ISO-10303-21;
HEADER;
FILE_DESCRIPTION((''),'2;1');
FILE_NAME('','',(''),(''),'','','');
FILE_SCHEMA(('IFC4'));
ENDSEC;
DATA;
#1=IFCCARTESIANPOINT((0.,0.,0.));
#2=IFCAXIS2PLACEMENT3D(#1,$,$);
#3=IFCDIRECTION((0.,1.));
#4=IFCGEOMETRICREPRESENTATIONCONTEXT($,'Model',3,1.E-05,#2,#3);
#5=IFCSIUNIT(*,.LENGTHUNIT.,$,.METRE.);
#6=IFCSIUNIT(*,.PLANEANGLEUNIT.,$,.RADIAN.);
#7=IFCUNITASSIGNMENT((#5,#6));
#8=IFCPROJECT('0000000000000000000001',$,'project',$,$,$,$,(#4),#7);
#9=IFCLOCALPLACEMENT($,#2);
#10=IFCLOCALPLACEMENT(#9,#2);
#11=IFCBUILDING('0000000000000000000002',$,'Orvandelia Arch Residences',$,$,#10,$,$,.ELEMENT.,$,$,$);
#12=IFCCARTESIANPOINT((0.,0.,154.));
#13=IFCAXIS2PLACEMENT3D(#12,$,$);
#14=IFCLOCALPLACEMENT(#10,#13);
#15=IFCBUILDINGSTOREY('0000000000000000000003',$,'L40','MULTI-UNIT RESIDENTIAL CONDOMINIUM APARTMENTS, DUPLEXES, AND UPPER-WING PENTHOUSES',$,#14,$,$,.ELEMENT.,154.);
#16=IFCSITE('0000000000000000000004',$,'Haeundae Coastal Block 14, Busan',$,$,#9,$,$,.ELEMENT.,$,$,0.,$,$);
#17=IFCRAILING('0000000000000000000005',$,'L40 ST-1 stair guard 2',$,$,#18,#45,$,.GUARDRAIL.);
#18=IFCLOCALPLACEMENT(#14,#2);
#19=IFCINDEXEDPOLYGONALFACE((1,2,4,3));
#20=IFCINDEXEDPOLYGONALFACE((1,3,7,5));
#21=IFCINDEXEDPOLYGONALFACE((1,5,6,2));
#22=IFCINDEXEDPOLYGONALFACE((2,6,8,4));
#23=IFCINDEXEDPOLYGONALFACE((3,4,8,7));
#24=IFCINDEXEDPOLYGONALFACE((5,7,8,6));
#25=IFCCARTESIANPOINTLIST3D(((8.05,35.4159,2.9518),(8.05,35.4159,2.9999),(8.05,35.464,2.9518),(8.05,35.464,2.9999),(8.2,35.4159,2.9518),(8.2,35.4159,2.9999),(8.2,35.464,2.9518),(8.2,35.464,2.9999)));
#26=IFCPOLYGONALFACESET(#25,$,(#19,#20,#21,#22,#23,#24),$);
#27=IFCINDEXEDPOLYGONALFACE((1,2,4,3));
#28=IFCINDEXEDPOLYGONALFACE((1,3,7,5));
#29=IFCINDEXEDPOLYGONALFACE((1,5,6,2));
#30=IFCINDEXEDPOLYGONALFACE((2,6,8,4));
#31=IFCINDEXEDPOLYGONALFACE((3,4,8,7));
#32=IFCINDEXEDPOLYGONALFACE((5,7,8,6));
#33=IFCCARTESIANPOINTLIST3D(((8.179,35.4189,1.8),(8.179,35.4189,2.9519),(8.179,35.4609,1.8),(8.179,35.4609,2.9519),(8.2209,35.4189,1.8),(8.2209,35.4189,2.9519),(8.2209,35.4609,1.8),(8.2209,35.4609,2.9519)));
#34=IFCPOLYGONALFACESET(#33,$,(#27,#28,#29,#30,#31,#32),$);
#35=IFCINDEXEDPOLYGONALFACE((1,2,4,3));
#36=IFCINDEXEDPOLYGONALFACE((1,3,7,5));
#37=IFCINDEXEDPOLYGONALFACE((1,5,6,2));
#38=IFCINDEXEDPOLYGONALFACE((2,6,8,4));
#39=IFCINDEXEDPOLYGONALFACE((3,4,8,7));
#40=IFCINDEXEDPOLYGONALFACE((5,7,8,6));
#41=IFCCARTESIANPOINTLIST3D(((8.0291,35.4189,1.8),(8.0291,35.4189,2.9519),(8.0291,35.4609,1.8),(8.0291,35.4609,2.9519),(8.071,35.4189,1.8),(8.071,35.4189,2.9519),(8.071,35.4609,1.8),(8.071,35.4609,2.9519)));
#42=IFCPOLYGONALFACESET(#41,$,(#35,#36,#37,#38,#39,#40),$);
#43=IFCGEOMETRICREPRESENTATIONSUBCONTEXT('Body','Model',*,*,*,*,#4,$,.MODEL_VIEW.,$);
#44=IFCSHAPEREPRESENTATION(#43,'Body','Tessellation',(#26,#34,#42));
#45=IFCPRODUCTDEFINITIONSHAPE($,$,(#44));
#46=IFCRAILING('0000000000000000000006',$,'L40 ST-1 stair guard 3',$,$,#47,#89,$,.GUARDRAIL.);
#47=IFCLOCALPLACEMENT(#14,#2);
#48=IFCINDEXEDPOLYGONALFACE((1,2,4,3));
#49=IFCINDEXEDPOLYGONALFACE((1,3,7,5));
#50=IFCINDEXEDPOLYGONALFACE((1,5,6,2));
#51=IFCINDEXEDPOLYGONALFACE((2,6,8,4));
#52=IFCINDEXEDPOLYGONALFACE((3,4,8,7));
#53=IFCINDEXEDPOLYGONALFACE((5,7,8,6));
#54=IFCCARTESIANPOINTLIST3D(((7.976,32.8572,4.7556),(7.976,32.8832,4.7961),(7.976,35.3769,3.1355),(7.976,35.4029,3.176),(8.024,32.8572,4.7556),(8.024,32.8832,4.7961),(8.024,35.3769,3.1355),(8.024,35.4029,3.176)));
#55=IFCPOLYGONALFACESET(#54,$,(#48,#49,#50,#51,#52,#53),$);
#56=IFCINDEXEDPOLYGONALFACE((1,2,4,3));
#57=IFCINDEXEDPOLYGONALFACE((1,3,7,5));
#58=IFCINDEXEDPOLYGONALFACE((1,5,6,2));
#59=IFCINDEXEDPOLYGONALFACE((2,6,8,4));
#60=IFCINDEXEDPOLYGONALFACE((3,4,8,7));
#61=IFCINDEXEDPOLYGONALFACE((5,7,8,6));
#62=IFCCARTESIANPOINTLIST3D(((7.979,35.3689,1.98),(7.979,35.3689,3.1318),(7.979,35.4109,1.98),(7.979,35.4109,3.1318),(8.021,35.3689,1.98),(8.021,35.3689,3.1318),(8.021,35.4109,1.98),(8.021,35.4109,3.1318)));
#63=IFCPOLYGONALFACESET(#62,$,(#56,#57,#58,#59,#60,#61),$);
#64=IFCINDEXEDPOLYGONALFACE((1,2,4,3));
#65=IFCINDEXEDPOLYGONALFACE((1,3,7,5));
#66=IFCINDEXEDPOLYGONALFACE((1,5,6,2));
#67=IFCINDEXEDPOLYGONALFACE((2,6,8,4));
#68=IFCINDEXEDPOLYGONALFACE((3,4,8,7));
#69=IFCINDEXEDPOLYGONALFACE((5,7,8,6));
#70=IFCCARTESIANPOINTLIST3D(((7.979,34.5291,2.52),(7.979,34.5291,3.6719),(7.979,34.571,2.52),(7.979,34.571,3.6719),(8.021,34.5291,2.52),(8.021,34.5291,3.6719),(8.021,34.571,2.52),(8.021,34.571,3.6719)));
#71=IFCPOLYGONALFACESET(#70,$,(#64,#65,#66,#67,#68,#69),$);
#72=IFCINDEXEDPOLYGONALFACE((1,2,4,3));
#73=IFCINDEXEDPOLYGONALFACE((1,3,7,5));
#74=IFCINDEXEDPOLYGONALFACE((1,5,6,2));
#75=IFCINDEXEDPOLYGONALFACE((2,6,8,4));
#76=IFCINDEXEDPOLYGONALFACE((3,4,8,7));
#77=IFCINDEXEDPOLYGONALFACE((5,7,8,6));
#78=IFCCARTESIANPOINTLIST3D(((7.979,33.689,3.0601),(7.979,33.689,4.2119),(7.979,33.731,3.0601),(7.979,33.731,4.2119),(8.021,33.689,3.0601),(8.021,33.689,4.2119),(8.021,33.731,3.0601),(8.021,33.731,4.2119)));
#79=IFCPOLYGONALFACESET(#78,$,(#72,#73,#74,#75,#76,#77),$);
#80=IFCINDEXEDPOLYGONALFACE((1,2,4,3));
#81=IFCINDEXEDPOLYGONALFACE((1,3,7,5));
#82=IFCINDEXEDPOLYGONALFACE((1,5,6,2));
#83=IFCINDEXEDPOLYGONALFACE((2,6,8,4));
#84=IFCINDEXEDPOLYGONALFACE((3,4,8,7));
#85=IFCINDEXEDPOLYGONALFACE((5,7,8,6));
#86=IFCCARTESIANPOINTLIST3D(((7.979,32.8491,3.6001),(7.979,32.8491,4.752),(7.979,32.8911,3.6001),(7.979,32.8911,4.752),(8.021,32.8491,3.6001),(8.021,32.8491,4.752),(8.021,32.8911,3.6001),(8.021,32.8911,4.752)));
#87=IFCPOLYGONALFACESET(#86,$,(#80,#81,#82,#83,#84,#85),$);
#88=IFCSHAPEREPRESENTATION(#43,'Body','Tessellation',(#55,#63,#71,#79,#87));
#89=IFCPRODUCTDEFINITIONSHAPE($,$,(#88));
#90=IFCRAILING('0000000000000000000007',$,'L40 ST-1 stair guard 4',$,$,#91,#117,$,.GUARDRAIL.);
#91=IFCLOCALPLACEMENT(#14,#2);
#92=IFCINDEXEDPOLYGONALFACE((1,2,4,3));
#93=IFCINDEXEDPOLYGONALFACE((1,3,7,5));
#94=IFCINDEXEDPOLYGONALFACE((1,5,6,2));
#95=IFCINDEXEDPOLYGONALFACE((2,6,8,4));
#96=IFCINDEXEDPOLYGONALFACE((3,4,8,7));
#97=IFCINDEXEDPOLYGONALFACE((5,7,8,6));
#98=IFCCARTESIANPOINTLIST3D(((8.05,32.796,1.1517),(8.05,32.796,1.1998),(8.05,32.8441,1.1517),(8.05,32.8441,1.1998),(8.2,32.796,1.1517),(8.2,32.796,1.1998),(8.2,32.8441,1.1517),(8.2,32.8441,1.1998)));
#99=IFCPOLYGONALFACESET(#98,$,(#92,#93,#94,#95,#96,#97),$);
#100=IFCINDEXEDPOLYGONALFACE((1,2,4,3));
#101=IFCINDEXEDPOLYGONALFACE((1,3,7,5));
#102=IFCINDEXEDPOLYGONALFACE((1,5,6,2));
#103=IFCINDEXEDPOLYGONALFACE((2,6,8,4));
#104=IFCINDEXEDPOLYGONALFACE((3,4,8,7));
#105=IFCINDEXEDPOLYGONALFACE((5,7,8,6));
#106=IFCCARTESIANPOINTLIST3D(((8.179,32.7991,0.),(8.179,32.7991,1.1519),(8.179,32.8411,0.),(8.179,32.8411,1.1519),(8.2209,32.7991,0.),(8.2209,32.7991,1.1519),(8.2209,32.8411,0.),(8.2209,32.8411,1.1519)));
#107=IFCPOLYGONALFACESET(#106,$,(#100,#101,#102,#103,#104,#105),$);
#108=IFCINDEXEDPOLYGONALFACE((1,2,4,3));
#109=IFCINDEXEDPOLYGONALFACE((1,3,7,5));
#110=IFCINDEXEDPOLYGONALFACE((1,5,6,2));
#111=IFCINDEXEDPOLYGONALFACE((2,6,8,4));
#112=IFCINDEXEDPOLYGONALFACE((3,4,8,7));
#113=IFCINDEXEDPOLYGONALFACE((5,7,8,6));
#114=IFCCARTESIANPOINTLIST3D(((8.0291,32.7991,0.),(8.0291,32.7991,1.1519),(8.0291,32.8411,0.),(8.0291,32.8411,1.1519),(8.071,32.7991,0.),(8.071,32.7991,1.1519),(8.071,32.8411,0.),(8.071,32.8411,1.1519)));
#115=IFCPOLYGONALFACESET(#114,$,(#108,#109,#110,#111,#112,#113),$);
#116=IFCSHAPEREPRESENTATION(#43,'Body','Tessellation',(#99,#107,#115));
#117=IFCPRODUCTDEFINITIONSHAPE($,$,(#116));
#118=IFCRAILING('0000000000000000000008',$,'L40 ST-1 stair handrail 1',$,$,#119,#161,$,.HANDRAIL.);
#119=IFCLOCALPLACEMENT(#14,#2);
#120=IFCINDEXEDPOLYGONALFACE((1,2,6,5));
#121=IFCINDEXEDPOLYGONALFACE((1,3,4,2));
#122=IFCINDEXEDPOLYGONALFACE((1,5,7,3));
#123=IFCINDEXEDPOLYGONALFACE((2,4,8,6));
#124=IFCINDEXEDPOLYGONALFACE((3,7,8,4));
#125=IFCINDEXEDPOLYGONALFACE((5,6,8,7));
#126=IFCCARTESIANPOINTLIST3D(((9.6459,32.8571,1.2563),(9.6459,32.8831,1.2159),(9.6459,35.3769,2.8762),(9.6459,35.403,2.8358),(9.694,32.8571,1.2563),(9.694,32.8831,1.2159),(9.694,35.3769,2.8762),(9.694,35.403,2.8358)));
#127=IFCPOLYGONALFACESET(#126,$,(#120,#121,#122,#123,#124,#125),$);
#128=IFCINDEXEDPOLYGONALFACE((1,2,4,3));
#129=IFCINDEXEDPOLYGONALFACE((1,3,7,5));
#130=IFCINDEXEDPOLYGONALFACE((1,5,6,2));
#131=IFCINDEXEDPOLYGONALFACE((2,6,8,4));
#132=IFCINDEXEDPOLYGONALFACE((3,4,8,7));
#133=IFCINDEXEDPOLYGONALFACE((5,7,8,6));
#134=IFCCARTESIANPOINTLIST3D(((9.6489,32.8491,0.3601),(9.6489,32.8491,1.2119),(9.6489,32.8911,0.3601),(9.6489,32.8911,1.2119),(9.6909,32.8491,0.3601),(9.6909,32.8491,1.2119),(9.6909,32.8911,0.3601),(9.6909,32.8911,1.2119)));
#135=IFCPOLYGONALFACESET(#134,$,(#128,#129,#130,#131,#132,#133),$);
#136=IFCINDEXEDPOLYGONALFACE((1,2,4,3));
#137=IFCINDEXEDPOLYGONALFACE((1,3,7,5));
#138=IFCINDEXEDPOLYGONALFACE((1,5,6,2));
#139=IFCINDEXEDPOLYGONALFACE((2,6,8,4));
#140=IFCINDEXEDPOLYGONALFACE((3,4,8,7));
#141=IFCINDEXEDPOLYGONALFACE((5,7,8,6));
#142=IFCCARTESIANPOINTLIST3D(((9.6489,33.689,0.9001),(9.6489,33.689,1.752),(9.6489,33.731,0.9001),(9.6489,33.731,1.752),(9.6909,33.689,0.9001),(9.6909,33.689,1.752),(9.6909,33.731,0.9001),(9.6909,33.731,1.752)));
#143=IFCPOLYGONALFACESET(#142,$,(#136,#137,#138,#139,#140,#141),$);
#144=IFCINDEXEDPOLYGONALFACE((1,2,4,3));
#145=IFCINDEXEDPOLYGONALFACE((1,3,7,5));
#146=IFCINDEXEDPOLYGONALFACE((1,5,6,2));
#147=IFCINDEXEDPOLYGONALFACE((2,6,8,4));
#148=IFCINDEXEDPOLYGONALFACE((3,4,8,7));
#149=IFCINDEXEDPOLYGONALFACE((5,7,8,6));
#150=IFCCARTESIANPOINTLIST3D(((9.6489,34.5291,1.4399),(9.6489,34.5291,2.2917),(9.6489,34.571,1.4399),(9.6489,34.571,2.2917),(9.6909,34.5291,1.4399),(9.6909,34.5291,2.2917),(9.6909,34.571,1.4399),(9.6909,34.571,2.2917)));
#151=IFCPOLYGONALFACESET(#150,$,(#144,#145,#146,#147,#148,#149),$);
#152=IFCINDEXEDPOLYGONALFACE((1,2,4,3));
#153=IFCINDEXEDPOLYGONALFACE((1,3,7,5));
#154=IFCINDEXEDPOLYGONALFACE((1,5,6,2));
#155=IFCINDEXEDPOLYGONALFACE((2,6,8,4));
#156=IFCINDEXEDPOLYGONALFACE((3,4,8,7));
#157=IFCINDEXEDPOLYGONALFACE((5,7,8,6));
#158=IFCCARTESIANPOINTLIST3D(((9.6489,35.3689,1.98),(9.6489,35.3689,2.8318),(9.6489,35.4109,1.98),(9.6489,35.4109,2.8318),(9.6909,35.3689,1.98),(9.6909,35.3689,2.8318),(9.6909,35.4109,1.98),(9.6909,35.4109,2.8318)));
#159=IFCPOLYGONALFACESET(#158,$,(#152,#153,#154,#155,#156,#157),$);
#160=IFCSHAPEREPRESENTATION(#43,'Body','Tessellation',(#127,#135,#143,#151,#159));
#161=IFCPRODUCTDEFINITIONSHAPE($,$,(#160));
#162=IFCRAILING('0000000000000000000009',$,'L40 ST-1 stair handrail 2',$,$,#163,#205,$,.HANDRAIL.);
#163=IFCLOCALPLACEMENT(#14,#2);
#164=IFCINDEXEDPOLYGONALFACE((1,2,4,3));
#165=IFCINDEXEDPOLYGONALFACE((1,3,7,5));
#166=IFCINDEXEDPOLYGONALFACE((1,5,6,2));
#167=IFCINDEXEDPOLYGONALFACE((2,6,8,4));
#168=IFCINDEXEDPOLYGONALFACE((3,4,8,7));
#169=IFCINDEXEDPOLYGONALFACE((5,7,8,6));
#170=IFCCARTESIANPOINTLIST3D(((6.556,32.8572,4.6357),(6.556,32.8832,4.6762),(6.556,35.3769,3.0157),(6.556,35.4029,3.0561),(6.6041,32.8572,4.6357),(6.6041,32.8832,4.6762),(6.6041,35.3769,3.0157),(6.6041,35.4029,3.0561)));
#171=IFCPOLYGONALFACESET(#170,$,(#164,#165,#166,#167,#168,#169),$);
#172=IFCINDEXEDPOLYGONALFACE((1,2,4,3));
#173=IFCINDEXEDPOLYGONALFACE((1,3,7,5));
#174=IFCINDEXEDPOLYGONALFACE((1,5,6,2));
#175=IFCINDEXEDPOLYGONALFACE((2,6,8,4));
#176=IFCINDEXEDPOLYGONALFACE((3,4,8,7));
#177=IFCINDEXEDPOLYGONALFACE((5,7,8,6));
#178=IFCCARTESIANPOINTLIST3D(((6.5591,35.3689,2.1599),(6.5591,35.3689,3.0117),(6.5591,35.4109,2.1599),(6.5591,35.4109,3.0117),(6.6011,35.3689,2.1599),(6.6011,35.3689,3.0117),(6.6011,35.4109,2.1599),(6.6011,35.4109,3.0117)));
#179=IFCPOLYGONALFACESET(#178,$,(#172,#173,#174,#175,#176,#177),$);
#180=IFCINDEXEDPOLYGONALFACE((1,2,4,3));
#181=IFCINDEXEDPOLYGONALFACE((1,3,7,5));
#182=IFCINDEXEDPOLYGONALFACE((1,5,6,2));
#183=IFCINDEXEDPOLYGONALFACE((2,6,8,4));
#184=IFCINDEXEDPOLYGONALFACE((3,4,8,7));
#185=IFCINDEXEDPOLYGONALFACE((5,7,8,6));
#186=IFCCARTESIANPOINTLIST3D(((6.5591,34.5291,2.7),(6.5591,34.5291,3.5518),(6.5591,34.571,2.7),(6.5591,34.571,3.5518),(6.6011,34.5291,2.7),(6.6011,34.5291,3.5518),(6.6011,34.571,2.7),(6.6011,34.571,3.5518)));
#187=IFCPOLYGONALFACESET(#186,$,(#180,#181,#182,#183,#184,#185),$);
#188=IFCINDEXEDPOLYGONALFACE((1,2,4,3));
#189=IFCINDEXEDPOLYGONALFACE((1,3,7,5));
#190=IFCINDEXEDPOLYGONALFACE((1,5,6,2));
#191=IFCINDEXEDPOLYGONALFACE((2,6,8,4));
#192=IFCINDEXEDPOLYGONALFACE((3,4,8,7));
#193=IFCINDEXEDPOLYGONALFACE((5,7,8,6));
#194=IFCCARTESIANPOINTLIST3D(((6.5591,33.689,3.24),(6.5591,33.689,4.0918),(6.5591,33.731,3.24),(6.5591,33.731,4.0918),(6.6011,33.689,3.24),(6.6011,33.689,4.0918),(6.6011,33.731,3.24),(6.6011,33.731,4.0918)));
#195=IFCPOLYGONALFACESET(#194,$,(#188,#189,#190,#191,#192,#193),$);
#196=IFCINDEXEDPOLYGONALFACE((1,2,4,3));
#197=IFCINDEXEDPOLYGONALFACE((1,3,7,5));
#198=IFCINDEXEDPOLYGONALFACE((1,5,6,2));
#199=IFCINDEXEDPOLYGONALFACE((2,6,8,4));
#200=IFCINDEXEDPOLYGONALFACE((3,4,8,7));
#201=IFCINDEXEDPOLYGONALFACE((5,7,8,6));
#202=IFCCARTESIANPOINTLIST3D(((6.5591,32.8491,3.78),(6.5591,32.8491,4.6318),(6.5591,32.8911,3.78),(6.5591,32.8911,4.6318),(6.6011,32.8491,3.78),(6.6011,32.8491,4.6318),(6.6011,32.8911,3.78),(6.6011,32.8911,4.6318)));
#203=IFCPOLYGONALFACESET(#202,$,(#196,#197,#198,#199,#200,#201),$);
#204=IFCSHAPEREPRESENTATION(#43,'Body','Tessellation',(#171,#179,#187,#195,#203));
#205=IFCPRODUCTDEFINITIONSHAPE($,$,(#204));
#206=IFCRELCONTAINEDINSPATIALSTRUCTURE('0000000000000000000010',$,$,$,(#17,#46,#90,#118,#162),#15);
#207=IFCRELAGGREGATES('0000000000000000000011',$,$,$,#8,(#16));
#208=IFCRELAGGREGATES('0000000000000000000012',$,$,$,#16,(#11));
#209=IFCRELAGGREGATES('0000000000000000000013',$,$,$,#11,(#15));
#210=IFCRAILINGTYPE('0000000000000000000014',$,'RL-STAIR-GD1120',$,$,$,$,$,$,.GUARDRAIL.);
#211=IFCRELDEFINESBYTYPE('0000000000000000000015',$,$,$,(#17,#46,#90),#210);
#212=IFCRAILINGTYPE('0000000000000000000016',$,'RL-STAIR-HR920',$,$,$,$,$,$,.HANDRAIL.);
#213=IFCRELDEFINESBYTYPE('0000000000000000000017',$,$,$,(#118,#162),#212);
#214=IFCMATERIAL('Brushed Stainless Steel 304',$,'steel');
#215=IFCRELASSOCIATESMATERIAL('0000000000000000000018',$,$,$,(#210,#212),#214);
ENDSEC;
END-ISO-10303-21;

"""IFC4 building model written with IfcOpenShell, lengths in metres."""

from ifc_helpers import new_model, si_unit, direction, frame, origin, origin_2d, place, context, subcontext, project, spatial, rectangle, extrude, material, type_object, element, save


model = new_model("IFC4")

# Units and contexts
model_context = context("Model", 3, precision=1e-05, world=origin(), true_north=direction((0.0, 1.0)))
body_context = subcontext(model_context, "Body", "Model", "MODEL_VIEW")
ifc_project = project(units=[si_unit("LENGTHUNIT", "METRE"), si_unit("PLANEANGLEUNIT", "RADIAN")], contexts=[model_context])

# Site, building, storey
site_placement = place(None, origin())
site = spatial("IfcSite", under=ifc_project, at=site_placement, Name="Haeundae Coastal Block 14, Busan", CompositionType="ELEMENT", RefElevation=0.0)
building_placement = place(site_placement, origin())
building = spatial("IfcBuilding", under=site, at=building_placement, Name="Orvandelia Arch Residences", CompositionType="ELEMENT")
storey_placement = place(building_placement, frame((0.0, 0.0, 154.0)))
storey = spatial("IfcBuildingStorey", under=building, at=storey_placement, Name="L40", Description="MULTI-UNIT RESIDENTIAL CONDOMINIUM APARTMENTS, DUPLEXES, AND UPPER-WING PENTHOUSES", CompositionType="ELEMENT", Elevation=154.0)

# Railings
ifc_material_1 = material(Name="Brushed Stainless Steel 304", Category="steel")
railing_type_1 = type_object("IfcRailingType", Name="RL-STAIR-GD1120", PredefinedType="GUARDRAIL", material=ifc_material_1)
railing_1_placement = place(storey_placement, frame((8.2, 35.4399, 1.8)))
element("IfcRailing", 1, at=railing_1_placement, inside=storey, type_object=railing_type_1, Name="L40 ST-1 stair guard 2", PredefinedType="GUARDRAIL", context=body_context, shape_type="SweptSolid", body=[
    extrude(rectangle(XDim=0.0481, YDim=0.0481, at=origin_2d()), frame((0.0, 0.0, 1.1758), z_axis=(-1.0, 0.0, 0.0), x_axis=(0.0, -1.0, 0.0)), (0.0, 0.0, 1.0), 0.1499),
    extrude(rectangle(XDim=0.042, YDim=0.042, at=origin_2d()), origin(), (0.0, 0.0, 1.0), 1.1519),
    extrude(rectangle(XDim=0.042, YDim=0.042, at=origin_2d()), frame((-0.1499, 0.0, 0.0)), (0.0, 0.0, 1.0), 1.1519),
])
railing_2_placement = place(storey_placement, frame((8.0, 35.3899, 1.98)))
element("IfcRailing", 2, at=railing_2_placement, inside=storey, type_object=railing_type_1, Name="L40 ST-1 stair guard 3", PredefinedType="GUARDRAIL", context=body_context, shape_type="SweptSolid", body=[
    extrude(rectangle(XDim=0.0481, YDim=0.0481, at=origin_2d()), frame((0.0, 0.0, 1.1758), z_axis=(0.0, -0.841139, 0.540819), x_axis=(1.0, 0.0, 0.0)), (0.0, 0.0, 1.0), 2.9956),
    extrude(rectangle(XDim=0.042, YDim=0.042, at=origin_2d()), origin(), (0.0, 0.0, 1.0), 1.1519),
    extrude(rectangle(XDim=0.042, YDim=0.042, at=origin_2d()), frame((0.0, -0.8398, 0.54)), (0.0, 0.0, 1.0), 1.1519),
    extrude(rectangle(XDim=0.042, YDim=0.042, at=origin_2d()), frame((0.0, -1.6799, 1.0801)), (0.0, 0.0, 1.0), 1.1519),
    extrude(rectangle(XDim=0.042, YDim=0.042, at=origin_2d()), frame((0.0, -2.5198, 1.6201)), (0.0, 0.0, 1.0), 1.1519),
])
railing_3_placement = place(storey_placement, frame((8.2, 32.8201, 0.0)))
element("IfcRailing", 3, at=railing_3_placement, inside=storey, type_object=railing_type_1, Name="L40 ST-1 stair guard 4", PredefinedType="GUARDRAIL", context=body_context, shape_type="SweptSolid", body=[
    extrude(rectangle(XDim=0.0481, YDim=0.0481, at=origin_2d()), frame((0.0, 0.0, 1.1758), z_axis=(-1.0, 0.0, 0.0), x_axis=(0.0, -1.0, 0.0)), (0.0, 0.0, 1.0), 0.1499),
    extrude(rectangle(XDim=0.042, YDim=0.042, at=origin_2d()), origin(), (0.0, 0.0, 1.0), 1.1519),
    extrude(rectangle(XDim=0.042, YDim=0.042, at=origin_2d()), frame((-0.1499, 0.0, 0.0)), (0.0, 0.0, 1.0), 1.1519),
])
railing_type_2 = type_object("IfcRailingType", Name="RL-STAIR-HR920", PredefinedType="HANDRAIL", material=ifc_material_1)
railing_4_placement = place(storey_placement, frame((9.6699, 32.8701, 0.3601)))
element("IfcRailing", 4, at=railing_4_placement, inside=storey, type_object=railing_type_2, Name="L40 ST-1 stair handrail 1", PredefinedType="HANDRAIL", context=body_context, shape_type="SweptSolid", body=[
    extrude(rectangle(XDim=0.0481, YDim=0.0481, at=origin_2d()), frame((0.0, 0.0, 0.876), z_axis=(0.0, 0.841176, 0.540762), x_axis=(-1.0, 0.0, 0.0)), (0.0, 0.0, 1.0), 2.9956),
    extrude(rectangle(XDim=0.042, YDim=0.042, at=origin_2d()), origin(), (0.0, 0.0, 1.0), 0.8518),
    extrude(rectangle(XDim=0.042, YDim=0.042, at=origin_2d()), frame((0.0, 0.8398, 0.54)), (0.0, 0.0, 1.0), 0.8518),
    extrude(rectangle(XDim=0.042, YDim=0.042, at=origin_2d()), frame((0.0, 1.6799, 1.0798)), (0.0, 0.0, 1.0), 0.8518),
    extrude(rectangle(XDim=0.042, YDim=0.042, at=origin_2d()), frame((0.0, 2.5198, 1.6199)), (0.0, 0.0, 1.0), 0.8518),
])
railing_5_placement = place(storey_placement, frame((6.5801, 35.3899, 2.1599)))
element("IfcRailing", 5, at=railing_5_placement, inside=storey, type_object=railing_type_2, Name="L40 ST-1 stair handrail 2", PredefinedType="HANDRAIL", context=body_context, shape_type="SweptSolid", body=[
    extrude(rectangle(XDim=0.0481, YDim=0.0481, at=origin_2d()), frame((0.0, 0.0, 0.876), z_axis=(0.0, -0.841139, 0.540819), x_axis=(1.0, 0.0, 0.0)), (0.0, 0.0, 1.0), 2.9956),
    extrude(rectangle(XDim=0.042, YDim=0.042, at=origin_2d()), origin(), (0.0, 0.0, 1.0), 0.8518),
    extrude(rectangle(XDim=0.042, YDim=0.042, at=origin_2d()), frame((0.0, -0.8398, 0.54)), (0.0, 0.0, 1.0), 0.8518),
    extrude(rectangle(XDim=0.042, YDim=0.042, at=origin_2d()), frame((0.0, -1.6799, 1.0801)), (0.0, 0.0, 1.0), 0.8518),
    extrude(rectangle(XDim=0.042, YDim=0.042, at=origin_2d()), frame((0.0, -2.5198, 1.6201)), (0.0, 0.0, 1.0), 0.8518),
])

save(model, "model.ifc")
